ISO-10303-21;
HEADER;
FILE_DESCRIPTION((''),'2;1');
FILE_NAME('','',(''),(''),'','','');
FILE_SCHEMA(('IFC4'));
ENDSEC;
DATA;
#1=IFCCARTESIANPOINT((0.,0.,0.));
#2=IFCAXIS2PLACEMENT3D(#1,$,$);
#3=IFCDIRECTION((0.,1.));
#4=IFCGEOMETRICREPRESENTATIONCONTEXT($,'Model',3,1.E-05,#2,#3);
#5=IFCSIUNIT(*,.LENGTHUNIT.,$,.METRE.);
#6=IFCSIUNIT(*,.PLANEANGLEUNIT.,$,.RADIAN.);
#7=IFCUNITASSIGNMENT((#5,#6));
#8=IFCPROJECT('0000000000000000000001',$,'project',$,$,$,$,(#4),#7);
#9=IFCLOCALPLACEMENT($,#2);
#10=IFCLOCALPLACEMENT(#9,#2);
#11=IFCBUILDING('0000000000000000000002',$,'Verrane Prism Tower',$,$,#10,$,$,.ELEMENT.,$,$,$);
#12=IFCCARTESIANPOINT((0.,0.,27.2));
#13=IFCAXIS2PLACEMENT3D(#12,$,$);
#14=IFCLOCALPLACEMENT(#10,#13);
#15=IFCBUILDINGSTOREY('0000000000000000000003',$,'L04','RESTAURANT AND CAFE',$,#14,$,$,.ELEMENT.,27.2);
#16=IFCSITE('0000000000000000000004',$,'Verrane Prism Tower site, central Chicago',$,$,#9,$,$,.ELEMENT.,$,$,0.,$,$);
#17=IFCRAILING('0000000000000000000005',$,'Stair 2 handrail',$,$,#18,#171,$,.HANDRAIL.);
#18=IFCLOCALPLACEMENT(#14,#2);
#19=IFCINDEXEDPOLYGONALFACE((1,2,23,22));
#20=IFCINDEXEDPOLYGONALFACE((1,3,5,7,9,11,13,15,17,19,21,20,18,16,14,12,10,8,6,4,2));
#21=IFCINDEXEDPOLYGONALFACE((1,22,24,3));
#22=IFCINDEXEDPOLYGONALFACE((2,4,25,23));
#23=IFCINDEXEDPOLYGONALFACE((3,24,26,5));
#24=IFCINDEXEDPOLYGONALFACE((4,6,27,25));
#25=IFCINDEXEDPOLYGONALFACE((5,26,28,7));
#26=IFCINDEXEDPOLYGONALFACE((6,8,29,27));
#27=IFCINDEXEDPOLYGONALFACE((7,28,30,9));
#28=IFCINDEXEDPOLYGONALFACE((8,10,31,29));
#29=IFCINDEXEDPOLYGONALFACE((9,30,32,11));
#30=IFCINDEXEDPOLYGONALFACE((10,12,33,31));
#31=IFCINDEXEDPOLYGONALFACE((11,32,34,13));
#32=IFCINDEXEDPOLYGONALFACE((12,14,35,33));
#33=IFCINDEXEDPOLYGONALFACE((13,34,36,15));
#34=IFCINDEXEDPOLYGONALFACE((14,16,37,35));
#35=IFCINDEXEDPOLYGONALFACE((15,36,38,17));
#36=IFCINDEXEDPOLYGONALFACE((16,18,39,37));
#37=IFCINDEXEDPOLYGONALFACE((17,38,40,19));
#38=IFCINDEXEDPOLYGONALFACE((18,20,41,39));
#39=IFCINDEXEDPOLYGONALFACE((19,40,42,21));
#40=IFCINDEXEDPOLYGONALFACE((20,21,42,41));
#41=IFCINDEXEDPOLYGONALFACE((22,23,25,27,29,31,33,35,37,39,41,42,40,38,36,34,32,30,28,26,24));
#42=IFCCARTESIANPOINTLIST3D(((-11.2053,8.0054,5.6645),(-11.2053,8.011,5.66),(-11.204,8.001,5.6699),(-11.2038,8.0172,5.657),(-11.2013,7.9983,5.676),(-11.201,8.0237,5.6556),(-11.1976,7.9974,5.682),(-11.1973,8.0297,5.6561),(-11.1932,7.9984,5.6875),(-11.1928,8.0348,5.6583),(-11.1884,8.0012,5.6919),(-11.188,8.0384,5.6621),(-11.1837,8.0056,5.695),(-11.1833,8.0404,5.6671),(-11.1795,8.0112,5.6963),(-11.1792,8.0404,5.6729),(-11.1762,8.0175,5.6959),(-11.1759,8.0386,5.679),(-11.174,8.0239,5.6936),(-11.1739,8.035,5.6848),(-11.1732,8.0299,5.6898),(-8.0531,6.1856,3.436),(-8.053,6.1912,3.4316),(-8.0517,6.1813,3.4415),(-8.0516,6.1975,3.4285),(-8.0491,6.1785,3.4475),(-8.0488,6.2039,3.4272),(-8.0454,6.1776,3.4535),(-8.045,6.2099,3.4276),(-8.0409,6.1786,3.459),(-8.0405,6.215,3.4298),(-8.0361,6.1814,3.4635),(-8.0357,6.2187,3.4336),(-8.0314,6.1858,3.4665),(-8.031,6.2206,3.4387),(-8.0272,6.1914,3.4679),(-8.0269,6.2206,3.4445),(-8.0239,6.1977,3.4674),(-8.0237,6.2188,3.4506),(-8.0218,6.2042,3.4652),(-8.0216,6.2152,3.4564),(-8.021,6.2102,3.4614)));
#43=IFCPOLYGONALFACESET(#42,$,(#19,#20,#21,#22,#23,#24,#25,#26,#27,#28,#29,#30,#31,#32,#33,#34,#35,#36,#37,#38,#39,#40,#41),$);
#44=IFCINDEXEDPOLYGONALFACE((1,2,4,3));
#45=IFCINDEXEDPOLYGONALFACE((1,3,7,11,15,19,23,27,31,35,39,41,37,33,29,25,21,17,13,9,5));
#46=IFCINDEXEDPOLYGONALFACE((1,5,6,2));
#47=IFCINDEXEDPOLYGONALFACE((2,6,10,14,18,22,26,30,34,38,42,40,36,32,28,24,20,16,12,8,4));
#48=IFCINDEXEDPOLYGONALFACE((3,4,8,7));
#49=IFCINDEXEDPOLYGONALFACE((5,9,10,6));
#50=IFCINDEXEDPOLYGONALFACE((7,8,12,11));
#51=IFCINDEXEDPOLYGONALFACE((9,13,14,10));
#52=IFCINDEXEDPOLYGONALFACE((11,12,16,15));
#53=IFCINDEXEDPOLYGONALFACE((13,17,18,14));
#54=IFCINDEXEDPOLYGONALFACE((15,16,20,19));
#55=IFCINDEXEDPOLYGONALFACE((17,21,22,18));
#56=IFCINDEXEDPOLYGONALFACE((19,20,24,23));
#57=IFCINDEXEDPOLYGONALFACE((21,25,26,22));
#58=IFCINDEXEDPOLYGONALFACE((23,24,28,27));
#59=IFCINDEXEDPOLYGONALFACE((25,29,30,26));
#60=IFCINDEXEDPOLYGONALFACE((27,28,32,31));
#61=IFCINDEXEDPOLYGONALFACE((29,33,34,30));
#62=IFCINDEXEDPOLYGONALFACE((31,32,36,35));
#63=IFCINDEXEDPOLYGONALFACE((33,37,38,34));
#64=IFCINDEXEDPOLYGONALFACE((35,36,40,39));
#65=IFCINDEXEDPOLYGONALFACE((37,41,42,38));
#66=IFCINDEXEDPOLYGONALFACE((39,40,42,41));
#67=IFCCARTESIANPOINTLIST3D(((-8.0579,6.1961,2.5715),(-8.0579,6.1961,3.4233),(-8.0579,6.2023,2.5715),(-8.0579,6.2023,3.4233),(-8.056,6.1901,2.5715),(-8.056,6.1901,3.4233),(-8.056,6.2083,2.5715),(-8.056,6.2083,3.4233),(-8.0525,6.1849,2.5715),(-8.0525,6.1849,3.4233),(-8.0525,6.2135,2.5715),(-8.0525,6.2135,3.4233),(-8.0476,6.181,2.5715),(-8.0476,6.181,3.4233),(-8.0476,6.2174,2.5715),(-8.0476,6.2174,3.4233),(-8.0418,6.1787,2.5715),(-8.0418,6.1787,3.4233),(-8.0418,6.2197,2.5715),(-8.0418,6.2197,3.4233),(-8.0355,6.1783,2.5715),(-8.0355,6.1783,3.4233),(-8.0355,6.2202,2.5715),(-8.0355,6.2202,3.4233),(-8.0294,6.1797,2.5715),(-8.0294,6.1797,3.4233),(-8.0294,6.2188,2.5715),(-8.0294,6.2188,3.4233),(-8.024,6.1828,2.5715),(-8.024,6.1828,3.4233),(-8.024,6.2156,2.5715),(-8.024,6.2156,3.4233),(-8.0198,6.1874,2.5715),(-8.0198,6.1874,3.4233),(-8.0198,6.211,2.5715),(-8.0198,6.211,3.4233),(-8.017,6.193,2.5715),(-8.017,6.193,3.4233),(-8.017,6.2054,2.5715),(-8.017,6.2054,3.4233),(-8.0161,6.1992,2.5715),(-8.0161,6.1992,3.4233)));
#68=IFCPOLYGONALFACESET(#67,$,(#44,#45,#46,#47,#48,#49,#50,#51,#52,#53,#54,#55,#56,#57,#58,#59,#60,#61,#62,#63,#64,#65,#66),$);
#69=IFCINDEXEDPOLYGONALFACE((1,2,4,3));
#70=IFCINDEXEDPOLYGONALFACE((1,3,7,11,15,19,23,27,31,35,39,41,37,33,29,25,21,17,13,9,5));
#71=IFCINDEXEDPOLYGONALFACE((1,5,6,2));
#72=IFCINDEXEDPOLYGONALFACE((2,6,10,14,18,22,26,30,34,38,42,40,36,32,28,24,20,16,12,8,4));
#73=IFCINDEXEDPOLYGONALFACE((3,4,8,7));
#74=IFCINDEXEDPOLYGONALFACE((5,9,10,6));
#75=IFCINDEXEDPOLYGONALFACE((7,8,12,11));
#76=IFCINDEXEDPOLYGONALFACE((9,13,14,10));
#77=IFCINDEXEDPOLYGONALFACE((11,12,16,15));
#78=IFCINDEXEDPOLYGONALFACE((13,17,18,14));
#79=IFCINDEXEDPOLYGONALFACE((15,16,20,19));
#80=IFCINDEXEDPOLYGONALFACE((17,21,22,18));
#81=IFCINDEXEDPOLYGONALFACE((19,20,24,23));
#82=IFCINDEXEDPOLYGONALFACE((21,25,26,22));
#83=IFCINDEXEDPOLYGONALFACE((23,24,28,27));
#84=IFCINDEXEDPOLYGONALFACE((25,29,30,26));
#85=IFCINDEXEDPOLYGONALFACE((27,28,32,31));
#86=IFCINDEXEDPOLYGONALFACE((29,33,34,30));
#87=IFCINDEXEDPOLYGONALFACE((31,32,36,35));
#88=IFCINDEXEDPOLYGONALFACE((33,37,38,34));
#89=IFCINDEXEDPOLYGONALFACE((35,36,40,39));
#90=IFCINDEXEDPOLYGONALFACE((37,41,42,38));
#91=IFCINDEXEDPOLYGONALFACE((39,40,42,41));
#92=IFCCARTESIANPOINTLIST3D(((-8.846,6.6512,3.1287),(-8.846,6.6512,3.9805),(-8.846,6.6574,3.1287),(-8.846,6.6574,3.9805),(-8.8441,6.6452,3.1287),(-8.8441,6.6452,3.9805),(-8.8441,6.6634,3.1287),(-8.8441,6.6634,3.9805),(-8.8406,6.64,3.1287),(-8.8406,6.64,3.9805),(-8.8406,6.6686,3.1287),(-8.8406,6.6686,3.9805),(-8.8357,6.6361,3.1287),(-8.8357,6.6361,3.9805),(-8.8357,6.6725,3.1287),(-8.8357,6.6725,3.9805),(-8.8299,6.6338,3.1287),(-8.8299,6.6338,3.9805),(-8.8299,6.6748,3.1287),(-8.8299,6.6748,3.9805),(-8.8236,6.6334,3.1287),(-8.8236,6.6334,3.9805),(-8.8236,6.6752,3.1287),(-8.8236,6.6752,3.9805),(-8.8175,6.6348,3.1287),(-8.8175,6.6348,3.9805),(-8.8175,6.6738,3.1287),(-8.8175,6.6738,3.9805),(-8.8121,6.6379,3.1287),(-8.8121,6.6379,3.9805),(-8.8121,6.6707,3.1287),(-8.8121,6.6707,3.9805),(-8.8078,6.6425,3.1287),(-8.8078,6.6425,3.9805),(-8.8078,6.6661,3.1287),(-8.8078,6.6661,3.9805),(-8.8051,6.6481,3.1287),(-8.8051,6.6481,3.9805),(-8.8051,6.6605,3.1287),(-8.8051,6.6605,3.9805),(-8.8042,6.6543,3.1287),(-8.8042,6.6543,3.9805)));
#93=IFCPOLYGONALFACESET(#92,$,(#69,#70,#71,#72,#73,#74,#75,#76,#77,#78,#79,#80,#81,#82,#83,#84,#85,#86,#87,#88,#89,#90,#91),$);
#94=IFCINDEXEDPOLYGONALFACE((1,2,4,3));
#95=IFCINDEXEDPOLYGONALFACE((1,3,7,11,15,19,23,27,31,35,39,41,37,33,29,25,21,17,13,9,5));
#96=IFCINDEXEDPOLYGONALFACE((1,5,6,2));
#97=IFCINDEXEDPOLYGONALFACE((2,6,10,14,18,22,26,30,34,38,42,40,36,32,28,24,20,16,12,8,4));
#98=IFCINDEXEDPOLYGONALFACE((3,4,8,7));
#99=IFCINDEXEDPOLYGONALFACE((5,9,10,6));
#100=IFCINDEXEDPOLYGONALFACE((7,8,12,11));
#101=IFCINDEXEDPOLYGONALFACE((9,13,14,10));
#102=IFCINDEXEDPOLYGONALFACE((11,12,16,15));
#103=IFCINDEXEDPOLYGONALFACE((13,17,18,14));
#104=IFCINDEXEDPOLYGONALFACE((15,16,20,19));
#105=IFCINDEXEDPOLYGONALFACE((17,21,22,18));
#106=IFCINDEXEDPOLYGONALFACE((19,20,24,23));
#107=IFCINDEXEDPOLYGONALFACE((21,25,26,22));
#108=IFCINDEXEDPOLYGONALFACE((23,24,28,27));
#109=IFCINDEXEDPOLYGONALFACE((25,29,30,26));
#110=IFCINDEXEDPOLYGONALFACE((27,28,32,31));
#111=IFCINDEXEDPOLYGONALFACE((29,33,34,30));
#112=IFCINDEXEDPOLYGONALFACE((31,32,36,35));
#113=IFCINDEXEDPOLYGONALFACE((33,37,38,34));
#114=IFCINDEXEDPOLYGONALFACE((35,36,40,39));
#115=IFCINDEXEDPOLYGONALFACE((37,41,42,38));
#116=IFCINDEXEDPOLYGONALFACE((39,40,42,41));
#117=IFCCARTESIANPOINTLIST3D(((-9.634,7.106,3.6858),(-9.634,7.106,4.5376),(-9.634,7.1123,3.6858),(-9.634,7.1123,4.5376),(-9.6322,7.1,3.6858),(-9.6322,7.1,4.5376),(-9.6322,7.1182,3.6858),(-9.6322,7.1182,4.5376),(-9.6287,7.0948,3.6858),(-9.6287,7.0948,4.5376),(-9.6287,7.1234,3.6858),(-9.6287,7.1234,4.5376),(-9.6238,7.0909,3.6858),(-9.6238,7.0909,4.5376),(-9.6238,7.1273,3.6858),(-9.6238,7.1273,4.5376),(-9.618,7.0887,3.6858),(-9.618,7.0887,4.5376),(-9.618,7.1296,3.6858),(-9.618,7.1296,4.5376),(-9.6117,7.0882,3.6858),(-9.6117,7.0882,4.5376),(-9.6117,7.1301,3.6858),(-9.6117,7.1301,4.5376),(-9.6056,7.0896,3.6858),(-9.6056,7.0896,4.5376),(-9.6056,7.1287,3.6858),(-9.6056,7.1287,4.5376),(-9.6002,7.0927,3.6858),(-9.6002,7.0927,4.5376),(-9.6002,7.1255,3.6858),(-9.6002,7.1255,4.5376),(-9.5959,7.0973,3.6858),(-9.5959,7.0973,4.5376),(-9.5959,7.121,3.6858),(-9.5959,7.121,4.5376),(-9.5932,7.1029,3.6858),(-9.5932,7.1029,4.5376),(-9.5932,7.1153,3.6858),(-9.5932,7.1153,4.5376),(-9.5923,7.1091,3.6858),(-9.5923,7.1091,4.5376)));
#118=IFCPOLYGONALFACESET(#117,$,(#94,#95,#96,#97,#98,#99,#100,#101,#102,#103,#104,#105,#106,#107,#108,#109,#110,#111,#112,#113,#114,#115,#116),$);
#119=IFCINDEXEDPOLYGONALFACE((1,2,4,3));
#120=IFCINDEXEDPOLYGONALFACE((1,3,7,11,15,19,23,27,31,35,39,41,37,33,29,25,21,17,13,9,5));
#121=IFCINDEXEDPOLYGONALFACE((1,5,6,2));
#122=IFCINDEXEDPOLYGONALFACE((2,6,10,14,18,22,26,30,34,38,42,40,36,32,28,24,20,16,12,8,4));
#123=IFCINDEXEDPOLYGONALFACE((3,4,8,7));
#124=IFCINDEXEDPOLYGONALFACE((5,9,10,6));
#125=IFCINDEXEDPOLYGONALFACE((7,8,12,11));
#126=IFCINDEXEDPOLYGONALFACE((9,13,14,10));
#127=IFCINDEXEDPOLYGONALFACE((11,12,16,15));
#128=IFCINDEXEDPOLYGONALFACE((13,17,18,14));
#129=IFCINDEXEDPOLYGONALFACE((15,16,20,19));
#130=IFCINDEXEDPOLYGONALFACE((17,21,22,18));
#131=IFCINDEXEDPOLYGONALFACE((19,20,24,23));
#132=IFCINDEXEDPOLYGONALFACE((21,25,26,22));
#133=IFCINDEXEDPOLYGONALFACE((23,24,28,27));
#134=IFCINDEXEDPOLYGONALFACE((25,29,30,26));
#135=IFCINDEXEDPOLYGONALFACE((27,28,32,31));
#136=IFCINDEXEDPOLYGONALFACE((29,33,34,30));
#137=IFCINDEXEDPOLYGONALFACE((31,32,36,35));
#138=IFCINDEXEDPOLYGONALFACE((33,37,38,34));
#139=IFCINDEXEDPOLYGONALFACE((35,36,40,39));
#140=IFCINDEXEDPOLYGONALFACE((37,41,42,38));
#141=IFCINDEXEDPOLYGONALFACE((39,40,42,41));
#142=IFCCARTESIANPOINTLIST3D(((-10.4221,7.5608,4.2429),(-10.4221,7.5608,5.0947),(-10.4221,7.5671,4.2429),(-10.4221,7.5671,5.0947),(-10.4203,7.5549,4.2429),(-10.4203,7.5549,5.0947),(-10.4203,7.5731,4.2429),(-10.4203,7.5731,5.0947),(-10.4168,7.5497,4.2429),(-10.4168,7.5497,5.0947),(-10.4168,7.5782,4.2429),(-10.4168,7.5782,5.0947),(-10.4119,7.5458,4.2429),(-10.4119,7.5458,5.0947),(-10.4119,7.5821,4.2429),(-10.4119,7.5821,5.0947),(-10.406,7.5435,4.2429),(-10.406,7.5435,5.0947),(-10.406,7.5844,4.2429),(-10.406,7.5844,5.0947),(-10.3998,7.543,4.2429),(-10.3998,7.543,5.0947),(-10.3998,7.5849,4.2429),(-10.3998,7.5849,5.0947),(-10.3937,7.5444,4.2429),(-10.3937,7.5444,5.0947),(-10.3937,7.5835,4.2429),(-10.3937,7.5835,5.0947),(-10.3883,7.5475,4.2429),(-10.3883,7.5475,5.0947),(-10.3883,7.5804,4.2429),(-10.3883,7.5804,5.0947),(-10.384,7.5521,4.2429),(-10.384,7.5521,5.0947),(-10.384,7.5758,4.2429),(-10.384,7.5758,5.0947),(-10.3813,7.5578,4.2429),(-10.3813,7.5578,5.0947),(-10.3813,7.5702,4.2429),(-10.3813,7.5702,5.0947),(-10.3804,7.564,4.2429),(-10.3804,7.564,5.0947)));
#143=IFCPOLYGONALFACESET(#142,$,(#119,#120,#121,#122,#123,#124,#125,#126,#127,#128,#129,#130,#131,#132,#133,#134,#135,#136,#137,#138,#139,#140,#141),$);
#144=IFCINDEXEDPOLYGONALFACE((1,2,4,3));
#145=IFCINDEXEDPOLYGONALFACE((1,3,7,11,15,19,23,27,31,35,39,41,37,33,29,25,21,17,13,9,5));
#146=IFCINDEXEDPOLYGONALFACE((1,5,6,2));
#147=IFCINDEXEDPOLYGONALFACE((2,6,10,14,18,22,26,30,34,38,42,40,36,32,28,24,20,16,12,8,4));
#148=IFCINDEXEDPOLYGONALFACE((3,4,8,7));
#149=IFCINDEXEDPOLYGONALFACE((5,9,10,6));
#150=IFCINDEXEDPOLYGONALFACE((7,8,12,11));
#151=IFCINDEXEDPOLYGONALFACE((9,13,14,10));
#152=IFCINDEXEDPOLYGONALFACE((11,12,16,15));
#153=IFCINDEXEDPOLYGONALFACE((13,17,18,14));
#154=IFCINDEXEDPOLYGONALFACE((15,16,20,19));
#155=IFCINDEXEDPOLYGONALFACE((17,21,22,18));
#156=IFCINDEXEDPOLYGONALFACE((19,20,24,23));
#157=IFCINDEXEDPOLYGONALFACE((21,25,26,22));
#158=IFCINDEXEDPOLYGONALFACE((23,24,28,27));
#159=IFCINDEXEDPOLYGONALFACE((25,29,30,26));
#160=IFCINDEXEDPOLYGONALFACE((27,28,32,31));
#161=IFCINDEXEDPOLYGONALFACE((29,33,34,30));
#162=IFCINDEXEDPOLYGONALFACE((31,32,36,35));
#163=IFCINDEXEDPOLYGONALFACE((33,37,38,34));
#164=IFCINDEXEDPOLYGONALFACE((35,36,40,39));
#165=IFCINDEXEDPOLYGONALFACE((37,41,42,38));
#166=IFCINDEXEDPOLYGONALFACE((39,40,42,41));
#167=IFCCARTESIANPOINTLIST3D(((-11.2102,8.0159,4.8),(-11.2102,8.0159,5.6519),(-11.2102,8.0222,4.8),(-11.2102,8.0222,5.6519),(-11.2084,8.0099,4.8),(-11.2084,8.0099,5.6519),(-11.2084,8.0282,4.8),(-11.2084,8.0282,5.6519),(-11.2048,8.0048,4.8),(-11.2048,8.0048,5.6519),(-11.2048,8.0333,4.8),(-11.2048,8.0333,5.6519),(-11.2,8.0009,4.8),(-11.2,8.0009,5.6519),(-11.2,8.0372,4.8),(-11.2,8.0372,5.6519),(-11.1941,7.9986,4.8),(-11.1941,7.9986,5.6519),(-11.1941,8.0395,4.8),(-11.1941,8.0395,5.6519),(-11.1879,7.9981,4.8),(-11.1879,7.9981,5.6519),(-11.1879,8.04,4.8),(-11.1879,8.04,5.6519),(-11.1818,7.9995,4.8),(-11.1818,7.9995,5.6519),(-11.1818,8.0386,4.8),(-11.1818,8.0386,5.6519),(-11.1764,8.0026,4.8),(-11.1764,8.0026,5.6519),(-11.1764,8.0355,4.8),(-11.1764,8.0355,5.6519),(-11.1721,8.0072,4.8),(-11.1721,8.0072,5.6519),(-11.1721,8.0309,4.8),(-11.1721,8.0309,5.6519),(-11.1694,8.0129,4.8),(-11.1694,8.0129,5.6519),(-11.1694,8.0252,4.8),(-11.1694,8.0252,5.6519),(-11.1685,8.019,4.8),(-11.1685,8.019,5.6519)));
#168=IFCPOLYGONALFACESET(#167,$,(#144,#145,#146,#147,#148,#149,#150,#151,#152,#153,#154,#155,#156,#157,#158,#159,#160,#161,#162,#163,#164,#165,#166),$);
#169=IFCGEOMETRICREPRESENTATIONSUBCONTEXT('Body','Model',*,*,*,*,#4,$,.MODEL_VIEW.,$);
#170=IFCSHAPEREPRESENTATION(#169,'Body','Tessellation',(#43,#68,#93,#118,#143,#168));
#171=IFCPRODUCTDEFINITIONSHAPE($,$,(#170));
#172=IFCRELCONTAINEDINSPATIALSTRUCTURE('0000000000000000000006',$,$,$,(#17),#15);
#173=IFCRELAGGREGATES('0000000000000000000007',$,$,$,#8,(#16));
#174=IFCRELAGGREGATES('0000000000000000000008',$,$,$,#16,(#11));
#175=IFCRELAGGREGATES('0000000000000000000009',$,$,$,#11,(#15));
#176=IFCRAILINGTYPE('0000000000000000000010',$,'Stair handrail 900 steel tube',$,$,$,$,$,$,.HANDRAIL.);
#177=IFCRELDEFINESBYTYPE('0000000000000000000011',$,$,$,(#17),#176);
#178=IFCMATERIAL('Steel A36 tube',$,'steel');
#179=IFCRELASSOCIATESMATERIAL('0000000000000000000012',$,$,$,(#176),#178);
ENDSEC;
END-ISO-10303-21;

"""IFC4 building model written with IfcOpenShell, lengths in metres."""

from ifc_helpers import new_model, si_unit, direction, frame, origin, origin_2d, place, context, subcontext, project, spatial, circle, extrude, material, type_object, element, save


model = new_model("IFC4")

# Units and contexts
model_context = context("Model", 3, precision=1e-05, world=origin(), true_north=direction((0.0, 1.0)))
body_context = subcontext(model_context, "Body", "Model", "MODEL_VIEW")
ifc_project = project(units=[si_unit("LENGTHUNIT", "METRE"), si_unit("PLANEANGLEUNIT", "RADIAN")], contexts=[model_context])

# Site, building, storey
site_placement = place(None, origin())
site = spatial("IfcSite", under=ifc_project, at=site_placement, Name="Verrane Prism Tower site, central Chicago", CompositionType="ELEMENT", RefElevation=0.0)
building_placement = place(site_placement, origin())
building = spatial("IfcBuilding", under=site, at=building_placement, Name="Verrane Prism Tower", CompositionType="ELEMENT")
storey_placement = place(building_placement, frame((0.0, 0.0, 27.2)))
storey = spatial("IfcBuildingStorey", under=building, at=storey_placement, Name="L04", Description="RESTAURANT AND CAFE", CompositionType="ELEMENT", Elevation=27.2)

# Railing
ifc_material_1 = material(Name="Steel A36 tube", Category="steel")
railing_type = type_object("IfcRailingType", Name="Stair handrail 900 steel tube", PredefinedType="HANDRAIL", material=ifc_material_1)
railing_1_placement = place(storey_placement, frame((-8.0371, 6.1992, 2.5715)))
element("IfcRailing", 1, at=railing_1_placement, inside=storey, type_object=railing_type, Name="Stair 2 handrail", PredefinedType="HANDRAIL", context=body_context, shape_type="SweptSolid", body=[
    extrude(circle(Radius=0.0239, at=origin_2d()), frame((0.0, 0.0, 0.876), z_axis=(-0.73861, 0.426394, 0.522153), x_axis=(-0.499962, -0.866047, 0.0)), (0.0, 0.0, 1.0), 4.2678),
    extrude(circle(Radius=0.021, at=origin_2d()), origin(), (0.0, 0.0, 1.0), 0.8518),
    extrude(circle(Radius=0.021, at=origin_2d()), frame((-0.7881, 0.4551, 0.5571)), (0.0, 0.0, 1.0), 0.8518),
    extrude(circle(Radius=0.021, at=origin_2d()), frame((-1.5762, 0.9099, 1.1143)), (0.0, 0.0, 1.0), 0.8518),
    extrude(circle(Radius=0.021, at=origin_2d()), frame((-2.3643, 1.3647, 1.6714)), (0.0, 0.0, 1.0), 0.8518),
    extrude(circle(Radius=0.021, at=origin_2d()), frame((-3.1523, 1.8198, 2.2285)), (0.0, 0.0, 1.0), 0.8518),
])

save(model, "model.ifc")
